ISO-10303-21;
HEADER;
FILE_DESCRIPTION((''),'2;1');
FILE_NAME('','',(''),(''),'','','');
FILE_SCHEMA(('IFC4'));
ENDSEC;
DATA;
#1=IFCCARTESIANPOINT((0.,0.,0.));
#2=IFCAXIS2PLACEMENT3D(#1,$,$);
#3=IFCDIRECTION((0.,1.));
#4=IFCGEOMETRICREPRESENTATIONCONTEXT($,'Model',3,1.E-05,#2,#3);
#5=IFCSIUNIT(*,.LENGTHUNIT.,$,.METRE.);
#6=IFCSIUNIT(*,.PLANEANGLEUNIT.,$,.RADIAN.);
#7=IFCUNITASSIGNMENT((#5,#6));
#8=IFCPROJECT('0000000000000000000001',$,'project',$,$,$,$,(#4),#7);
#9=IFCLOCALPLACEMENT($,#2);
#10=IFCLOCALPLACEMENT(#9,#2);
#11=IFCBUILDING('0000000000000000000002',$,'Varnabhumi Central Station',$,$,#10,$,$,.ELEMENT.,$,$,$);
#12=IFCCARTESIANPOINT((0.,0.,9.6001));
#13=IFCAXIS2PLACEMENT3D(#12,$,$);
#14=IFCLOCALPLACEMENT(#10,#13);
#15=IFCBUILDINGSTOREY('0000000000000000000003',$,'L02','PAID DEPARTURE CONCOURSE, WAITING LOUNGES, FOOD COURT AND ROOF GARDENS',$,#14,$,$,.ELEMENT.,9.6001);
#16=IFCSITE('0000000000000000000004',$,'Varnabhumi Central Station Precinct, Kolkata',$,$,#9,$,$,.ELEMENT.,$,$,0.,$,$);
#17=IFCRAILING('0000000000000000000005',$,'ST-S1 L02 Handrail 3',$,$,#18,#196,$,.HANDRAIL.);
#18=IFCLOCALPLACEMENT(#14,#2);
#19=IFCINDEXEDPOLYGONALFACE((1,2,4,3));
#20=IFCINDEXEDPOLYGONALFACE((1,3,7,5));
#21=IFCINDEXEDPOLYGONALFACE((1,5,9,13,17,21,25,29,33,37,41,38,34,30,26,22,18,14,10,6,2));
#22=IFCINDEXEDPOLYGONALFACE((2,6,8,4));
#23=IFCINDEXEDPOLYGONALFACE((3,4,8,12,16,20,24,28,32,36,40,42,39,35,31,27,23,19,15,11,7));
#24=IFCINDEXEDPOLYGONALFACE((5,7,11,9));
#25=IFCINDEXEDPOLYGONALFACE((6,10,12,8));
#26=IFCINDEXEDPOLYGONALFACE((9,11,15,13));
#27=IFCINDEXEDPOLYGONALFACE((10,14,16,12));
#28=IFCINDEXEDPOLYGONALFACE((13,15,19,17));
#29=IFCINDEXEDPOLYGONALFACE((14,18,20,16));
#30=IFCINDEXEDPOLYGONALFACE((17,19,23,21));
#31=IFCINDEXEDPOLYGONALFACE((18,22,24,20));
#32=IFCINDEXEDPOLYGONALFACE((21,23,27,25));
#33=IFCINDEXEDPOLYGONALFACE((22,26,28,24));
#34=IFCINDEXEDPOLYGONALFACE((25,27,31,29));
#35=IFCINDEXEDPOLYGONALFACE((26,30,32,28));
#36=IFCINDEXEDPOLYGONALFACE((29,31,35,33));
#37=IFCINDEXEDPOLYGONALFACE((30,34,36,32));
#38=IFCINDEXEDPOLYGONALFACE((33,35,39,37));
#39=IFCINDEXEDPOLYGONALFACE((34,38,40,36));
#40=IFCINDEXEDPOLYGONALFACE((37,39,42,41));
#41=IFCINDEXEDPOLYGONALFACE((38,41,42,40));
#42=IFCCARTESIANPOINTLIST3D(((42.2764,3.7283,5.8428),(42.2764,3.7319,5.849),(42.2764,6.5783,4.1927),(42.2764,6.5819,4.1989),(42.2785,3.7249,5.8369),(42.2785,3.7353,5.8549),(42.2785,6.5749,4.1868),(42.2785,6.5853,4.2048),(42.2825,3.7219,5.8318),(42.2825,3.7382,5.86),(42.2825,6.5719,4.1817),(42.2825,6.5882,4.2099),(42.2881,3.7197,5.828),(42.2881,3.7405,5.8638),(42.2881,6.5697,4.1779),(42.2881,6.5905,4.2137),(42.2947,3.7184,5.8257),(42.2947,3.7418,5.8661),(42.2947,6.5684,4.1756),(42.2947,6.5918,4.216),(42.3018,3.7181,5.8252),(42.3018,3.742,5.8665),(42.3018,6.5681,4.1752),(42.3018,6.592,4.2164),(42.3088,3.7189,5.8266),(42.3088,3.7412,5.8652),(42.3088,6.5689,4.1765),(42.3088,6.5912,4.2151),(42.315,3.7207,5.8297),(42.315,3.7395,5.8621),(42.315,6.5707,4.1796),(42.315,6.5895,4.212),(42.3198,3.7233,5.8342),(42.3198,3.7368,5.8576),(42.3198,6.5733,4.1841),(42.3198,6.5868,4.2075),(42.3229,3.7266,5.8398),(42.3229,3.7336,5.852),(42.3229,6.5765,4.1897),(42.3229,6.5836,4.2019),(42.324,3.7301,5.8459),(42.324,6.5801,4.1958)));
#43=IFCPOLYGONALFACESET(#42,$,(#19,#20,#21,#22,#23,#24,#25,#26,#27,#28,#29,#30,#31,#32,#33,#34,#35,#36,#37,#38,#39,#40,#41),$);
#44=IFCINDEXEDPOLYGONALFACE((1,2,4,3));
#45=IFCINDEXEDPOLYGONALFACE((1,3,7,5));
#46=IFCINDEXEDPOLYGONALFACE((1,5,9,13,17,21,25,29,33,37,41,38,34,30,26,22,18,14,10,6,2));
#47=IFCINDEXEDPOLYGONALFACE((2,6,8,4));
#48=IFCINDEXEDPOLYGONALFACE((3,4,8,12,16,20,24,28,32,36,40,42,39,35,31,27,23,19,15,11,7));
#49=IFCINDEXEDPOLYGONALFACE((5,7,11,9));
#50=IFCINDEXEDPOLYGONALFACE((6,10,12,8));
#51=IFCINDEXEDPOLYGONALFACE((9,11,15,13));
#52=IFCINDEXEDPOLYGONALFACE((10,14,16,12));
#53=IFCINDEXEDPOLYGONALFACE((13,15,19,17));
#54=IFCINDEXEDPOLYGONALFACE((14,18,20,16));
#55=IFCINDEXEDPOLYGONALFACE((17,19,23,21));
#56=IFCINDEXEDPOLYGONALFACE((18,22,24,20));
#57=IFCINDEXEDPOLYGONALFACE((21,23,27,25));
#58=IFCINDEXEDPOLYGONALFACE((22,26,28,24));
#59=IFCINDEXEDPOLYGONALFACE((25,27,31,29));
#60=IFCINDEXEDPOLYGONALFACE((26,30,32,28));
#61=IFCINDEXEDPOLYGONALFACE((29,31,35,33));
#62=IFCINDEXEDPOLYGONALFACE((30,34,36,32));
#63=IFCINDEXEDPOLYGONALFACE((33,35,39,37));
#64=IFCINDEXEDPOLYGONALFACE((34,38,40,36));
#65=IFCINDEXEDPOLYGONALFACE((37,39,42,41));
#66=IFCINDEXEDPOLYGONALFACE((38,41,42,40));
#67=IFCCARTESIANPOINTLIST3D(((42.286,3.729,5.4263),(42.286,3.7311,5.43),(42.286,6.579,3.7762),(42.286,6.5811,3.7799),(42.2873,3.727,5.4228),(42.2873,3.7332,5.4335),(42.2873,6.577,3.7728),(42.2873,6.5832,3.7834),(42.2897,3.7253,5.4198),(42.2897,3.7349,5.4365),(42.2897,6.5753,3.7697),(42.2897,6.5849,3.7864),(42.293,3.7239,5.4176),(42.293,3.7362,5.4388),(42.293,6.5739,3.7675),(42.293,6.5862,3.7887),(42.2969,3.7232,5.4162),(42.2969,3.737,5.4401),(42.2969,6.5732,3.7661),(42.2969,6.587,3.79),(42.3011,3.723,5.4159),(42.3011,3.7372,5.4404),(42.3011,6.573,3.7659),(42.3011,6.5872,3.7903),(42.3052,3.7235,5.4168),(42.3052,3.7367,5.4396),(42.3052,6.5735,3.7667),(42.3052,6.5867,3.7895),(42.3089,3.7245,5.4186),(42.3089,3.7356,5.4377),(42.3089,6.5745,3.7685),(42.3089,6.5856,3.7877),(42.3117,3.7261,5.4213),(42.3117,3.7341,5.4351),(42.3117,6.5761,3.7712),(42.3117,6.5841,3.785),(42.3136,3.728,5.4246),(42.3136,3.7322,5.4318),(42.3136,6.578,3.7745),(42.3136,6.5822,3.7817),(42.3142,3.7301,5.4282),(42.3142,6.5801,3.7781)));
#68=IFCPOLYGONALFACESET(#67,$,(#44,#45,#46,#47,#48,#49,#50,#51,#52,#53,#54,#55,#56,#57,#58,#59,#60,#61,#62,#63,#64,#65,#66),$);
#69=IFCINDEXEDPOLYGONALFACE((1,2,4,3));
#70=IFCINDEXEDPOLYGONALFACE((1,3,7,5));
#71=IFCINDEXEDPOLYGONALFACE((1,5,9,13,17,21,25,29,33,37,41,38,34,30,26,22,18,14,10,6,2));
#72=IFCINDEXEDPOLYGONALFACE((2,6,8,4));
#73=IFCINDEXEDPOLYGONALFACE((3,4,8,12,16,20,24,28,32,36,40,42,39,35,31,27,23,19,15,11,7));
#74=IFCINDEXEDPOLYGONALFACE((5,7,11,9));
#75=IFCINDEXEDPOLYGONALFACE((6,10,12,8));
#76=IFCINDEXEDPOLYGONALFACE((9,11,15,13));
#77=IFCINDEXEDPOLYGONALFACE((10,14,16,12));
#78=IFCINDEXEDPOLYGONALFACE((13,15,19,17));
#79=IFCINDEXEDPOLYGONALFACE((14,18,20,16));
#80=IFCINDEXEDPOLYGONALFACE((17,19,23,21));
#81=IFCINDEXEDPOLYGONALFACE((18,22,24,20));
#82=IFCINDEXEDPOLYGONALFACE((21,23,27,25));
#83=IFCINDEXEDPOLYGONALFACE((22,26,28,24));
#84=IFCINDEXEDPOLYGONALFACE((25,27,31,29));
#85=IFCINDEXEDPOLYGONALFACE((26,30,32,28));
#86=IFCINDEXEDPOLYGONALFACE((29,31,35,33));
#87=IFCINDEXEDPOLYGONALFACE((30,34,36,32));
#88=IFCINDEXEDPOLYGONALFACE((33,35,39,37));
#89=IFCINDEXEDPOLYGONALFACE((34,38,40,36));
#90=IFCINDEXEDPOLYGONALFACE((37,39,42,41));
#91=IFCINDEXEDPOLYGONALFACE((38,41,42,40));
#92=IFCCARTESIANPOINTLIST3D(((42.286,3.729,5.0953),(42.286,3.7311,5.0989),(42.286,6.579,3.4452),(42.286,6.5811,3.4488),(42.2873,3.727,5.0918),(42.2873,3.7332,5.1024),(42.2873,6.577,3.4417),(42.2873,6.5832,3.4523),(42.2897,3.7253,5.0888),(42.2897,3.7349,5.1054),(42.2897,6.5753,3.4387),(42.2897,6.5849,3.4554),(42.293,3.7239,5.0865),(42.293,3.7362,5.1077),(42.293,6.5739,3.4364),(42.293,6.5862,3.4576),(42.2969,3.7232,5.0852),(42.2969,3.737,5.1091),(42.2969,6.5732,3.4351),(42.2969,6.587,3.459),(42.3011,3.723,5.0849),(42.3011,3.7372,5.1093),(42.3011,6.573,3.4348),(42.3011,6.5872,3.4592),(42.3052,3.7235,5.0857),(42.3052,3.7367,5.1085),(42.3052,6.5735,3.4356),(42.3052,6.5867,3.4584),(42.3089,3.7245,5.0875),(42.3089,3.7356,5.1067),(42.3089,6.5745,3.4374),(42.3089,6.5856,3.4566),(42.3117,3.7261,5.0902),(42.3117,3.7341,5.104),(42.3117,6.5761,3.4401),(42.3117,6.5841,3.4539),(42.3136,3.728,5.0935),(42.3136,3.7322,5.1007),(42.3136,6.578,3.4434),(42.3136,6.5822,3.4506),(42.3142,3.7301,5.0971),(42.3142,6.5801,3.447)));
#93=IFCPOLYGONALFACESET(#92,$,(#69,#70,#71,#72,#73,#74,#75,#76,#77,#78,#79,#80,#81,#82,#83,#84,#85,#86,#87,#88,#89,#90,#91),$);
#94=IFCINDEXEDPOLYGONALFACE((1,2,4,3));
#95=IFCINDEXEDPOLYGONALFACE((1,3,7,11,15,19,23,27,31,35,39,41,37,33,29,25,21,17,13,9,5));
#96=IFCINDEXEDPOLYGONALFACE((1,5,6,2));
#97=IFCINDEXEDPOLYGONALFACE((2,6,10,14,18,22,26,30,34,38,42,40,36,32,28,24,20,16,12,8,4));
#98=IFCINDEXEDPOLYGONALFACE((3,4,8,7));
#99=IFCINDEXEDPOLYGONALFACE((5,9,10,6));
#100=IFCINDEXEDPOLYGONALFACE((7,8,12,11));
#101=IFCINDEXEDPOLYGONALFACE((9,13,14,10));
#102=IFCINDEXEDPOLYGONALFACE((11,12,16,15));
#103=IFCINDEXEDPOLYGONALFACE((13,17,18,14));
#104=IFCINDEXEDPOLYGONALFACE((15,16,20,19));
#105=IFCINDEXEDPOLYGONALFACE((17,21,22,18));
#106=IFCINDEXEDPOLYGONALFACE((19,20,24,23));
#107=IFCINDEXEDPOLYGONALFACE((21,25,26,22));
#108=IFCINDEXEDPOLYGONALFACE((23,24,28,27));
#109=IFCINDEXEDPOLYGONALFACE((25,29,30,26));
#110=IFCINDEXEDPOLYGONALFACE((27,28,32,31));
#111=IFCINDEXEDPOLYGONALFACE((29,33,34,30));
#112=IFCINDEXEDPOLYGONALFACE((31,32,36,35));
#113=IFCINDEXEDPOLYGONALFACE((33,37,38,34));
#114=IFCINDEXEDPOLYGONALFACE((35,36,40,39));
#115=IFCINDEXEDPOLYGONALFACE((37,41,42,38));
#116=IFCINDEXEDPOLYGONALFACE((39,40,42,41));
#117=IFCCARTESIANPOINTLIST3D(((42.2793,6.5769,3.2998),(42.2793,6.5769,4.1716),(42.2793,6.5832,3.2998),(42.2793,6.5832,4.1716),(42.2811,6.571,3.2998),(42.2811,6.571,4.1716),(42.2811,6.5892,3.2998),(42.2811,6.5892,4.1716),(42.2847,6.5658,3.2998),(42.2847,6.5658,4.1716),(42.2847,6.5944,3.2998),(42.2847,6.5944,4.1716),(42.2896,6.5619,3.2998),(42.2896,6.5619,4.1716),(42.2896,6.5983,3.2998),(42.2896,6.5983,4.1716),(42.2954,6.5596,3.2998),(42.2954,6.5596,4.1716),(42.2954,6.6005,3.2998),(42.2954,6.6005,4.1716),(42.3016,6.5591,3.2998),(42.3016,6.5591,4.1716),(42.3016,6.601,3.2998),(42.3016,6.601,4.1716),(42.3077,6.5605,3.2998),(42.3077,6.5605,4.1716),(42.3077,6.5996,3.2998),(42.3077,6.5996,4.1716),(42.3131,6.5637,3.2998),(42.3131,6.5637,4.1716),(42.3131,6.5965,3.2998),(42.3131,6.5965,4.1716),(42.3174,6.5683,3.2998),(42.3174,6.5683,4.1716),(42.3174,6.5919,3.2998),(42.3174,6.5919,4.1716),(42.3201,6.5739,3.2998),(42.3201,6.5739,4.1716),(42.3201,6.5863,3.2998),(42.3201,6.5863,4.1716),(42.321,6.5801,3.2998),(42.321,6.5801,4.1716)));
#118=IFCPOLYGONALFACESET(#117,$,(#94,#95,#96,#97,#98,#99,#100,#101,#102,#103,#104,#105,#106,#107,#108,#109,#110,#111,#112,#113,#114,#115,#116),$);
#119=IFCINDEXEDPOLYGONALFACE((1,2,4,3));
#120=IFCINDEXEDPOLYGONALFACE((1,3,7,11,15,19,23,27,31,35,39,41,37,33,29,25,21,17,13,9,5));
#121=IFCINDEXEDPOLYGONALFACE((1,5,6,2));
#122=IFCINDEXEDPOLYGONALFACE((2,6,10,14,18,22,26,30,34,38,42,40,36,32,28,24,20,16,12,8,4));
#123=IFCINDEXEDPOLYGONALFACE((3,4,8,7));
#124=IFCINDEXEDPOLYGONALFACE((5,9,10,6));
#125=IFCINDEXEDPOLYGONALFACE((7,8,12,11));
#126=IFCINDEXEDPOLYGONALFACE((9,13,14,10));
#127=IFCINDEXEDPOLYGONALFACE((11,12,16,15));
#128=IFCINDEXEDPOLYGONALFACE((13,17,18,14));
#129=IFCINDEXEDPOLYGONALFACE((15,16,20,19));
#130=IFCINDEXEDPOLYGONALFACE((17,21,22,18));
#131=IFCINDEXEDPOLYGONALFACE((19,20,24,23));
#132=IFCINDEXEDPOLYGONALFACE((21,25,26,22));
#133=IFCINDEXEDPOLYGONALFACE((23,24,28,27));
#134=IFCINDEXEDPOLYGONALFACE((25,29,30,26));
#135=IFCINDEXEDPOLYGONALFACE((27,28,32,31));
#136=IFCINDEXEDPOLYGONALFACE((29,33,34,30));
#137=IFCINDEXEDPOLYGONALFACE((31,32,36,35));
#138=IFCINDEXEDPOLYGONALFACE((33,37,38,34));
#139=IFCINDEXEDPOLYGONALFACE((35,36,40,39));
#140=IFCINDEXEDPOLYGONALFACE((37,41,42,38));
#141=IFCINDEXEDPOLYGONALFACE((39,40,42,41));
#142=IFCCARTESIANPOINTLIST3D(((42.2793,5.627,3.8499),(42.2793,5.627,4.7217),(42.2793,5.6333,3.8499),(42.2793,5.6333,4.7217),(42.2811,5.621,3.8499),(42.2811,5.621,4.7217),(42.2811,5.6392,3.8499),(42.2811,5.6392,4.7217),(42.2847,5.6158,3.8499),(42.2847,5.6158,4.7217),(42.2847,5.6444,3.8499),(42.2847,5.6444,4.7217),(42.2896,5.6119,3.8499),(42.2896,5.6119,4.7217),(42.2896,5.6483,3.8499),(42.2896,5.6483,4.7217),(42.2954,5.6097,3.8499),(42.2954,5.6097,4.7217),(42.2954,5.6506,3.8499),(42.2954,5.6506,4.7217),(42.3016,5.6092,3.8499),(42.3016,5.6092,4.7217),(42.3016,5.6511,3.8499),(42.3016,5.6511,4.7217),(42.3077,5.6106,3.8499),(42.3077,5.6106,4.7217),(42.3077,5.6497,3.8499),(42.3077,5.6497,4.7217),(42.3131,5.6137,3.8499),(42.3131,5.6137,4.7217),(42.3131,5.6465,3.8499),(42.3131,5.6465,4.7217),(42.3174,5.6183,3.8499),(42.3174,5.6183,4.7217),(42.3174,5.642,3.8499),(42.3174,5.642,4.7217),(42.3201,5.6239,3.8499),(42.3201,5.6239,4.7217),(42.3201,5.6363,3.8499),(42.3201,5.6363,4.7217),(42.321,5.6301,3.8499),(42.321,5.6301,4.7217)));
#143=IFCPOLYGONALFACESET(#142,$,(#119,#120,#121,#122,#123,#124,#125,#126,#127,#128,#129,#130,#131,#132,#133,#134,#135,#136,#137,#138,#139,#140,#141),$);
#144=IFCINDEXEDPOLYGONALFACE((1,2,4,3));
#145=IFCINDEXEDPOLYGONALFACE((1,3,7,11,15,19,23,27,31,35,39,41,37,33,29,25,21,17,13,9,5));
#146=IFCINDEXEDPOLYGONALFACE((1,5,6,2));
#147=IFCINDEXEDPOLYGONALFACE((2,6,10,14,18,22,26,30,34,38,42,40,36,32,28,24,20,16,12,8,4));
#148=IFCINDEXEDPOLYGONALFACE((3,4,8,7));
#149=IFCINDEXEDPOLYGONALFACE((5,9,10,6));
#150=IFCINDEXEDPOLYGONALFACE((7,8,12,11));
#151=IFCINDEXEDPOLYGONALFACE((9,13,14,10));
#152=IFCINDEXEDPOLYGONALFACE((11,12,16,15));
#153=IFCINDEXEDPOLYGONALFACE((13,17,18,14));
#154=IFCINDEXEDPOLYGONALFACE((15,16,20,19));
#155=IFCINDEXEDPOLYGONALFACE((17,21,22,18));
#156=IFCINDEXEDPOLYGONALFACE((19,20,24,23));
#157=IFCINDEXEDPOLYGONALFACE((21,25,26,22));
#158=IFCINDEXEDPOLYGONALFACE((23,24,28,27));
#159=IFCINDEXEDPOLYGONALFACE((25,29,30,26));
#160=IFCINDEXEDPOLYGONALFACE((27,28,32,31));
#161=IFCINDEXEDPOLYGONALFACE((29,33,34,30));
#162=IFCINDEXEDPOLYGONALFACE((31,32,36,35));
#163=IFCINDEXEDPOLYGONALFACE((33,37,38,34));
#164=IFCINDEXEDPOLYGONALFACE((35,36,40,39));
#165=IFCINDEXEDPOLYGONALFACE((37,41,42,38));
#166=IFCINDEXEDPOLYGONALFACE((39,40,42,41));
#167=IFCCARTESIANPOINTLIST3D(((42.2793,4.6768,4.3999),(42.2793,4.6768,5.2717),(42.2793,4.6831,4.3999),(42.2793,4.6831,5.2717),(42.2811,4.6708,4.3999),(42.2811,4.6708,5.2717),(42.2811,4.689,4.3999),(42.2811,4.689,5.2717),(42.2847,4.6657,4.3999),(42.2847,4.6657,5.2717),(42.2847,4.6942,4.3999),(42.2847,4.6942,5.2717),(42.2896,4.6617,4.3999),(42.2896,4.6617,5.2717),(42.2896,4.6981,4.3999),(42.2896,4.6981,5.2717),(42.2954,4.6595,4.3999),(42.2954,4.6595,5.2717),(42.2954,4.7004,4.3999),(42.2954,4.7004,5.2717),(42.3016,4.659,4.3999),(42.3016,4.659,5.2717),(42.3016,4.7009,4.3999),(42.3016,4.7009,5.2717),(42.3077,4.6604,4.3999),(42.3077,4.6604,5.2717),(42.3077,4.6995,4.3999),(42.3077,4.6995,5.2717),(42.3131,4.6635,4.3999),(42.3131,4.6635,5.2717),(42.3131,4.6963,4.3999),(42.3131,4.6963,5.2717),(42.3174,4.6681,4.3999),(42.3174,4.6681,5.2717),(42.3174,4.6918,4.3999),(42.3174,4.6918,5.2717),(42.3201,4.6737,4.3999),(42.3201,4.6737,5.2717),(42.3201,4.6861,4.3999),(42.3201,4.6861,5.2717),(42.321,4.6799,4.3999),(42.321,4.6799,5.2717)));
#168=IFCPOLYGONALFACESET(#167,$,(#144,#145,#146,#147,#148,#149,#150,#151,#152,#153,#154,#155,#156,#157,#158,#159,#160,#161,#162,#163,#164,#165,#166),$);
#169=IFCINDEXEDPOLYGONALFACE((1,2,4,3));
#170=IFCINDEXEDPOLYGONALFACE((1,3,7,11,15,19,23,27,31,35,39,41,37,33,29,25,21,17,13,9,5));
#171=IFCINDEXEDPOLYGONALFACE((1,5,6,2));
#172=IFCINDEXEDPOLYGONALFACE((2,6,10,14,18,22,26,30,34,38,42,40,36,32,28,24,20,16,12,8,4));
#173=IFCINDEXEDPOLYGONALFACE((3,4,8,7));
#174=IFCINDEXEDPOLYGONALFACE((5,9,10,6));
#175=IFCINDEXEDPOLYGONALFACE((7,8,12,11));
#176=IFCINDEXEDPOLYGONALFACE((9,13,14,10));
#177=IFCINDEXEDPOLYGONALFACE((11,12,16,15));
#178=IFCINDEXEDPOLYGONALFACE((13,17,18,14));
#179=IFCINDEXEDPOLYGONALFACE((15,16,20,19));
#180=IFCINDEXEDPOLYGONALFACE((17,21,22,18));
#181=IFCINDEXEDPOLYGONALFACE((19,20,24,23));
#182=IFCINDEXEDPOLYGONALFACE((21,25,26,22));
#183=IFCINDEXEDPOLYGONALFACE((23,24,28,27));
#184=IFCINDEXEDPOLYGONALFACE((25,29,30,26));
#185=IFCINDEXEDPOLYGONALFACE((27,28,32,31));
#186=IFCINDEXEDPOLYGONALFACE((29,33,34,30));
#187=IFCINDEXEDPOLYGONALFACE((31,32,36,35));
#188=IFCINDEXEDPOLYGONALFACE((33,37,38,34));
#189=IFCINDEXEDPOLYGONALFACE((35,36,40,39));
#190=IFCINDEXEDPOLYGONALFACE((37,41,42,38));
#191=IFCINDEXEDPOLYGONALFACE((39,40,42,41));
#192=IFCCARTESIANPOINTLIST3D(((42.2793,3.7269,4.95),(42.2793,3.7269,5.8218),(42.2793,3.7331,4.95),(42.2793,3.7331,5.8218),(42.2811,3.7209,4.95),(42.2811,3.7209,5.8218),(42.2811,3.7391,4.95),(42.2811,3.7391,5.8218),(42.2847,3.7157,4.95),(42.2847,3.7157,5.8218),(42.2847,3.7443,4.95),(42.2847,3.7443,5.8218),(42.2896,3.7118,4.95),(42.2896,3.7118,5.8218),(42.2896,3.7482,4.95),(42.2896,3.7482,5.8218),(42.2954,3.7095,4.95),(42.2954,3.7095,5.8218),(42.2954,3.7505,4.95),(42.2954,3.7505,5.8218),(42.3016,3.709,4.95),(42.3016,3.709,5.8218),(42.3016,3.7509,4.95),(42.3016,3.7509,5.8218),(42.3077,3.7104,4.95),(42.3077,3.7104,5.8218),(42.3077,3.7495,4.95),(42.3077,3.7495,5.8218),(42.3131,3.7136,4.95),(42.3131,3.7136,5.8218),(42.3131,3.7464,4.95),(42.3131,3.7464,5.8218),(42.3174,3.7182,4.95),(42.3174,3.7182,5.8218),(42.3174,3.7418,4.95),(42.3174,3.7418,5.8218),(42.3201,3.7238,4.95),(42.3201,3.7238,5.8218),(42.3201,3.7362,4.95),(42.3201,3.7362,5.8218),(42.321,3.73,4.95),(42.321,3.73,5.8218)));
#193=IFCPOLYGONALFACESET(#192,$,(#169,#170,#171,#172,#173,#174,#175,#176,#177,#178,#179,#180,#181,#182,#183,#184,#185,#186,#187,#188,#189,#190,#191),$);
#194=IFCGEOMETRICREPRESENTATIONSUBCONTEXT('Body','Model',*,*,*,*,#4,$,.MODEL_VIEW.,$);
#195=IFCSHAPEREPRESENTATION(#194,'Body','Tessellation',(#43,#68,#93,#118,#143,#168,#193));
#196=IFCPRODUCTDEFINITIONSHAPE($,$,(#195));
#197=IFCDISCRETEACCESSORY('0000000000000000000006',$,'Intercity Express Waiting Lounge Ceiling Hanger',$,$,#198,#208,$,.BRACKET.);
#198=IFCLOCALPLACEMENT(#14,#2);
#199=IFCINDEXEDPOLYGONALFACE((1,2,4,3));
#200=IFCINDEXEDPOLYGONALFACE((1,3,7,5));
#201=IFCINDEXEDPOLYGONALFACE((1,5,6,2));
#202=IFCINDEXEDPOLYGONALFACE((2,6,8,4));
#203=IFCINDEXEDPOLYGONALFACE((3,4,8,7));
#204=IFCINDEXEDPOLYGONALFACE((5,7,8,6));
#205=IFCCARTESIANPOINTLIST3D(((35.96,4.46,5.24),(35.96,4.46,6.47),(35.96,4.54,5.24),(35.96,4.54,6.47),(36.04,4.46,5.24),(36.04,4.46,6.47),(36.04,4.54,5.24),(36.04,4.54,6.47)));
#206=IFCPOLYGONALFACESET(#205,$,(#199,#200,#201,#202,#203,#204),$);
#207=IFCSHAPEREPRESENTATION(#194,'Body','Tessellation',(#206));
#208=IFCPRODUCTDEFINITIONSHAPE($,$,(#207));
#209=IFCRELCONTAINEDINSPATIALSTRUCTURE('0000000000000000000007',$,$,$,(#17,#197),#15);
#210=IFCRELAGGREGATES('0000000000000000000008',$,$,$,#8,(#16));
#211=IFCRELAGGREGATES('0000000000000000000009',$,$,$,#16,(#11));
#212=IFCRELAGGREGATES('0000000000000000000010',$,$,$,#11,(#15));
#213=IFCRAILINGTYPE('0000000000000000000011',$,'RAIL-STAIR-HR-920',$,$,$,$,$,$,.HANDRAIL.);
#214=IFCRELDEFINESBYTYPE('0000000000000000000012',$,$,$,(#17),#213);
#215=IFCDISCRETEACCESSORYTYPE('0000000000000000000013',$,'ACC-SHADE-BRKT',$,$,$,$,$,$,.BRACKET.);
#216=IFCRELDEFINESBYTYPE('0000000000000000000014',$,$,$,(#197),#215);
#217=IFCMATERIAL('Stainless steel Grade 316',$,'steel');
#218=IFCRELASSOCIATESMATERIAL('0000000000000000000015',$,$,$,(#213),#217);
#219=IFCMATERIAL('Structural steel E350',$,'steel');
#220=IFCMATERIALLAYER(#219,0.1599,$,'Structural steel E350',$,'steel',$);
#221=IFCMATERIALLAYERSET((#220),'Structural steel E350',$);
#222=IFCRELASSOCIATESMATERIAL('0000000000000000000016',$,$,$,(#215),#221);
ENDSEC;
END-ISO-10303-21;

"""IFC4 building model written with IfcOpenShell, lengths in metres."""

from ifc_helpers import new_model, si_unit, direction, frame, origin, origin_2d, place, context, subcontext, project, spatial, rectangle, circle, extrude, material, layer, layer_set, type_object, element, save


model = new_model("IFC4")

# Units and contexts
model_context = context("Model", 3, precision=1e-05, world=origin(), true_north=direction((0.0, 1.0)))
body_context = subcontext(model_context, "Body", "Model", "MODEL_VIEW")
ifc_project = project(units=[si_unit("LENGTHUNIT", "METRE"), si_unit("PLANEANGLEUNIT", "RADIAN")], contexts=[model_context])

# Site, building, storey
site_placement = place(None, origin())
site = spatial("IfcSite", under=ifc_project, at=site_placement, Name="Varnabhumi Central Station Precinct, Kolkata", CompositionType="ELEMENT", RefElevation=0.0)
building_placement = place(site_placement, origin())
building = spatial("IfcBuilding", under=site, at=building_placement, Name="Varnabhumi Central Station", CompositionType="ELEMENT")
storey_placement = place(building_placement, frame((0.0, 0.0, 9.6001)))
storey = spatial("IfcBuildingStorey", under=building, at=storey_placement, Name="L02", Description="PAID DEPARTURE CONCOURSE, WAITING LOUNGES, FOOD COURT AND ROOF GARDENS", CompositionType="ELEMENT", Elevation=9.6001)

# Railing
ifc_material_1 = material(Name="Stainless steel Grade 316", Category="steel")
railing_type_1 = type_object("IfcRailingType", Name="RAIL-STAIR-HR-920", PredefinedType="HANDRAIL", material=ifc_material_1)
railing_1_placement = place(storey_placement, frame((42.3, 6.5801, 3.2998)))
element("IfcRailing", 1, at=railing_1_placement, inside=storey, type_object=railing_type_1, Name="ST-S1 L02 Handrail 3", PredefinedType="HANDRAIL", context=body_context, shape_type="SweptSolid", body=[
    extrude(circle(Radius=0.0239, at=origin_2d()), frame((0.0, 0.0, 0.896), z_axis=(0.0, -0.865414, 0.501057), x_axis=(1.0, 0.0, 0.0)), (0.0, 0.0, 1.0), 3.2932),
    extrude(circle(Radius=0.0142, at=origin_2d()), frame((0.0, 0.0, 0.4783), z_axis=(0.0, -0.865414, 0.501057), x_axis=(1.0, 0.0, 0.0)), (0.0, 0.0, 1.0), 3.2932),
    extrude(circle(Radius=0.0142, at=origin_2d()), frame((0.0, 0.0, 0.1472), z_axis=(0.0, -0.865414, 0.501057), x_axis=(1.0, 0.0, 0.0)), (0.0, 0.0, 1.0), 3.2932),
    extrude(circle(Radius=0.021, at=origin_2d()), origin(), (0.0, 0.0, 1.0), 0.8718),
    extrude(circle(Radius=0.021, at=origin_2d()), frame((0.0, -0.95, 0.55)), (0.0, 0.0, 1.0), 0.8718),
    extrude(circle(Radius=0.021, at=origin_2d()), frame((0.0, -1.9001, 1.1001)), (0.0, 0.0, 1.0), 0.8718),
    extrude(circle(Radius=0.021, at=origin_2d()), frame((0.0, -2.8501, 1.6501)), (0.0, 0.0, 1.0), 0.8718),
])

# Discrete accessory
ifc_material_2 = material(Name="Structural steel E350", Category="steel")
ifc_layer_1 = layer(ifc_material_2, 0.1599, Name="Structural steel E350", Category="steel")
ifc_layer_set_1 = layer_set([ifc_layer_1], Name="Structural steel E350")
discrete_accessory_type = type_object("IfcDiscreteAccessoryType", Name="ACC-SHADE-BRKT", PredefinedType="BRACKET", material=ifc_layer_set_1)
discrete_accessory_placement = place(storey_placement, frame((36.0, 4.5, 5.24), z_axis=(0.0, 0.0, 1.0), x_axis=(1.0, 0.0, 0.0)))
element("IfcDiscreteAccessory", 2, at=discrete_accessory_placement, inside=storey, type_object=discrete_accessory_type, Name="Intercity Express Waiting Lounge Ceiling Hanger", PredefinedType="BRACKET", context=body_context, shape_type="SweptSolid", body=[
    extrude(rectangle(XDim=0.0801, YDim=0.0801, at=origin_2d()), origin(), (0.0, 0.0, 1.0), 1.23),
])

save(model, "model.ifc")
